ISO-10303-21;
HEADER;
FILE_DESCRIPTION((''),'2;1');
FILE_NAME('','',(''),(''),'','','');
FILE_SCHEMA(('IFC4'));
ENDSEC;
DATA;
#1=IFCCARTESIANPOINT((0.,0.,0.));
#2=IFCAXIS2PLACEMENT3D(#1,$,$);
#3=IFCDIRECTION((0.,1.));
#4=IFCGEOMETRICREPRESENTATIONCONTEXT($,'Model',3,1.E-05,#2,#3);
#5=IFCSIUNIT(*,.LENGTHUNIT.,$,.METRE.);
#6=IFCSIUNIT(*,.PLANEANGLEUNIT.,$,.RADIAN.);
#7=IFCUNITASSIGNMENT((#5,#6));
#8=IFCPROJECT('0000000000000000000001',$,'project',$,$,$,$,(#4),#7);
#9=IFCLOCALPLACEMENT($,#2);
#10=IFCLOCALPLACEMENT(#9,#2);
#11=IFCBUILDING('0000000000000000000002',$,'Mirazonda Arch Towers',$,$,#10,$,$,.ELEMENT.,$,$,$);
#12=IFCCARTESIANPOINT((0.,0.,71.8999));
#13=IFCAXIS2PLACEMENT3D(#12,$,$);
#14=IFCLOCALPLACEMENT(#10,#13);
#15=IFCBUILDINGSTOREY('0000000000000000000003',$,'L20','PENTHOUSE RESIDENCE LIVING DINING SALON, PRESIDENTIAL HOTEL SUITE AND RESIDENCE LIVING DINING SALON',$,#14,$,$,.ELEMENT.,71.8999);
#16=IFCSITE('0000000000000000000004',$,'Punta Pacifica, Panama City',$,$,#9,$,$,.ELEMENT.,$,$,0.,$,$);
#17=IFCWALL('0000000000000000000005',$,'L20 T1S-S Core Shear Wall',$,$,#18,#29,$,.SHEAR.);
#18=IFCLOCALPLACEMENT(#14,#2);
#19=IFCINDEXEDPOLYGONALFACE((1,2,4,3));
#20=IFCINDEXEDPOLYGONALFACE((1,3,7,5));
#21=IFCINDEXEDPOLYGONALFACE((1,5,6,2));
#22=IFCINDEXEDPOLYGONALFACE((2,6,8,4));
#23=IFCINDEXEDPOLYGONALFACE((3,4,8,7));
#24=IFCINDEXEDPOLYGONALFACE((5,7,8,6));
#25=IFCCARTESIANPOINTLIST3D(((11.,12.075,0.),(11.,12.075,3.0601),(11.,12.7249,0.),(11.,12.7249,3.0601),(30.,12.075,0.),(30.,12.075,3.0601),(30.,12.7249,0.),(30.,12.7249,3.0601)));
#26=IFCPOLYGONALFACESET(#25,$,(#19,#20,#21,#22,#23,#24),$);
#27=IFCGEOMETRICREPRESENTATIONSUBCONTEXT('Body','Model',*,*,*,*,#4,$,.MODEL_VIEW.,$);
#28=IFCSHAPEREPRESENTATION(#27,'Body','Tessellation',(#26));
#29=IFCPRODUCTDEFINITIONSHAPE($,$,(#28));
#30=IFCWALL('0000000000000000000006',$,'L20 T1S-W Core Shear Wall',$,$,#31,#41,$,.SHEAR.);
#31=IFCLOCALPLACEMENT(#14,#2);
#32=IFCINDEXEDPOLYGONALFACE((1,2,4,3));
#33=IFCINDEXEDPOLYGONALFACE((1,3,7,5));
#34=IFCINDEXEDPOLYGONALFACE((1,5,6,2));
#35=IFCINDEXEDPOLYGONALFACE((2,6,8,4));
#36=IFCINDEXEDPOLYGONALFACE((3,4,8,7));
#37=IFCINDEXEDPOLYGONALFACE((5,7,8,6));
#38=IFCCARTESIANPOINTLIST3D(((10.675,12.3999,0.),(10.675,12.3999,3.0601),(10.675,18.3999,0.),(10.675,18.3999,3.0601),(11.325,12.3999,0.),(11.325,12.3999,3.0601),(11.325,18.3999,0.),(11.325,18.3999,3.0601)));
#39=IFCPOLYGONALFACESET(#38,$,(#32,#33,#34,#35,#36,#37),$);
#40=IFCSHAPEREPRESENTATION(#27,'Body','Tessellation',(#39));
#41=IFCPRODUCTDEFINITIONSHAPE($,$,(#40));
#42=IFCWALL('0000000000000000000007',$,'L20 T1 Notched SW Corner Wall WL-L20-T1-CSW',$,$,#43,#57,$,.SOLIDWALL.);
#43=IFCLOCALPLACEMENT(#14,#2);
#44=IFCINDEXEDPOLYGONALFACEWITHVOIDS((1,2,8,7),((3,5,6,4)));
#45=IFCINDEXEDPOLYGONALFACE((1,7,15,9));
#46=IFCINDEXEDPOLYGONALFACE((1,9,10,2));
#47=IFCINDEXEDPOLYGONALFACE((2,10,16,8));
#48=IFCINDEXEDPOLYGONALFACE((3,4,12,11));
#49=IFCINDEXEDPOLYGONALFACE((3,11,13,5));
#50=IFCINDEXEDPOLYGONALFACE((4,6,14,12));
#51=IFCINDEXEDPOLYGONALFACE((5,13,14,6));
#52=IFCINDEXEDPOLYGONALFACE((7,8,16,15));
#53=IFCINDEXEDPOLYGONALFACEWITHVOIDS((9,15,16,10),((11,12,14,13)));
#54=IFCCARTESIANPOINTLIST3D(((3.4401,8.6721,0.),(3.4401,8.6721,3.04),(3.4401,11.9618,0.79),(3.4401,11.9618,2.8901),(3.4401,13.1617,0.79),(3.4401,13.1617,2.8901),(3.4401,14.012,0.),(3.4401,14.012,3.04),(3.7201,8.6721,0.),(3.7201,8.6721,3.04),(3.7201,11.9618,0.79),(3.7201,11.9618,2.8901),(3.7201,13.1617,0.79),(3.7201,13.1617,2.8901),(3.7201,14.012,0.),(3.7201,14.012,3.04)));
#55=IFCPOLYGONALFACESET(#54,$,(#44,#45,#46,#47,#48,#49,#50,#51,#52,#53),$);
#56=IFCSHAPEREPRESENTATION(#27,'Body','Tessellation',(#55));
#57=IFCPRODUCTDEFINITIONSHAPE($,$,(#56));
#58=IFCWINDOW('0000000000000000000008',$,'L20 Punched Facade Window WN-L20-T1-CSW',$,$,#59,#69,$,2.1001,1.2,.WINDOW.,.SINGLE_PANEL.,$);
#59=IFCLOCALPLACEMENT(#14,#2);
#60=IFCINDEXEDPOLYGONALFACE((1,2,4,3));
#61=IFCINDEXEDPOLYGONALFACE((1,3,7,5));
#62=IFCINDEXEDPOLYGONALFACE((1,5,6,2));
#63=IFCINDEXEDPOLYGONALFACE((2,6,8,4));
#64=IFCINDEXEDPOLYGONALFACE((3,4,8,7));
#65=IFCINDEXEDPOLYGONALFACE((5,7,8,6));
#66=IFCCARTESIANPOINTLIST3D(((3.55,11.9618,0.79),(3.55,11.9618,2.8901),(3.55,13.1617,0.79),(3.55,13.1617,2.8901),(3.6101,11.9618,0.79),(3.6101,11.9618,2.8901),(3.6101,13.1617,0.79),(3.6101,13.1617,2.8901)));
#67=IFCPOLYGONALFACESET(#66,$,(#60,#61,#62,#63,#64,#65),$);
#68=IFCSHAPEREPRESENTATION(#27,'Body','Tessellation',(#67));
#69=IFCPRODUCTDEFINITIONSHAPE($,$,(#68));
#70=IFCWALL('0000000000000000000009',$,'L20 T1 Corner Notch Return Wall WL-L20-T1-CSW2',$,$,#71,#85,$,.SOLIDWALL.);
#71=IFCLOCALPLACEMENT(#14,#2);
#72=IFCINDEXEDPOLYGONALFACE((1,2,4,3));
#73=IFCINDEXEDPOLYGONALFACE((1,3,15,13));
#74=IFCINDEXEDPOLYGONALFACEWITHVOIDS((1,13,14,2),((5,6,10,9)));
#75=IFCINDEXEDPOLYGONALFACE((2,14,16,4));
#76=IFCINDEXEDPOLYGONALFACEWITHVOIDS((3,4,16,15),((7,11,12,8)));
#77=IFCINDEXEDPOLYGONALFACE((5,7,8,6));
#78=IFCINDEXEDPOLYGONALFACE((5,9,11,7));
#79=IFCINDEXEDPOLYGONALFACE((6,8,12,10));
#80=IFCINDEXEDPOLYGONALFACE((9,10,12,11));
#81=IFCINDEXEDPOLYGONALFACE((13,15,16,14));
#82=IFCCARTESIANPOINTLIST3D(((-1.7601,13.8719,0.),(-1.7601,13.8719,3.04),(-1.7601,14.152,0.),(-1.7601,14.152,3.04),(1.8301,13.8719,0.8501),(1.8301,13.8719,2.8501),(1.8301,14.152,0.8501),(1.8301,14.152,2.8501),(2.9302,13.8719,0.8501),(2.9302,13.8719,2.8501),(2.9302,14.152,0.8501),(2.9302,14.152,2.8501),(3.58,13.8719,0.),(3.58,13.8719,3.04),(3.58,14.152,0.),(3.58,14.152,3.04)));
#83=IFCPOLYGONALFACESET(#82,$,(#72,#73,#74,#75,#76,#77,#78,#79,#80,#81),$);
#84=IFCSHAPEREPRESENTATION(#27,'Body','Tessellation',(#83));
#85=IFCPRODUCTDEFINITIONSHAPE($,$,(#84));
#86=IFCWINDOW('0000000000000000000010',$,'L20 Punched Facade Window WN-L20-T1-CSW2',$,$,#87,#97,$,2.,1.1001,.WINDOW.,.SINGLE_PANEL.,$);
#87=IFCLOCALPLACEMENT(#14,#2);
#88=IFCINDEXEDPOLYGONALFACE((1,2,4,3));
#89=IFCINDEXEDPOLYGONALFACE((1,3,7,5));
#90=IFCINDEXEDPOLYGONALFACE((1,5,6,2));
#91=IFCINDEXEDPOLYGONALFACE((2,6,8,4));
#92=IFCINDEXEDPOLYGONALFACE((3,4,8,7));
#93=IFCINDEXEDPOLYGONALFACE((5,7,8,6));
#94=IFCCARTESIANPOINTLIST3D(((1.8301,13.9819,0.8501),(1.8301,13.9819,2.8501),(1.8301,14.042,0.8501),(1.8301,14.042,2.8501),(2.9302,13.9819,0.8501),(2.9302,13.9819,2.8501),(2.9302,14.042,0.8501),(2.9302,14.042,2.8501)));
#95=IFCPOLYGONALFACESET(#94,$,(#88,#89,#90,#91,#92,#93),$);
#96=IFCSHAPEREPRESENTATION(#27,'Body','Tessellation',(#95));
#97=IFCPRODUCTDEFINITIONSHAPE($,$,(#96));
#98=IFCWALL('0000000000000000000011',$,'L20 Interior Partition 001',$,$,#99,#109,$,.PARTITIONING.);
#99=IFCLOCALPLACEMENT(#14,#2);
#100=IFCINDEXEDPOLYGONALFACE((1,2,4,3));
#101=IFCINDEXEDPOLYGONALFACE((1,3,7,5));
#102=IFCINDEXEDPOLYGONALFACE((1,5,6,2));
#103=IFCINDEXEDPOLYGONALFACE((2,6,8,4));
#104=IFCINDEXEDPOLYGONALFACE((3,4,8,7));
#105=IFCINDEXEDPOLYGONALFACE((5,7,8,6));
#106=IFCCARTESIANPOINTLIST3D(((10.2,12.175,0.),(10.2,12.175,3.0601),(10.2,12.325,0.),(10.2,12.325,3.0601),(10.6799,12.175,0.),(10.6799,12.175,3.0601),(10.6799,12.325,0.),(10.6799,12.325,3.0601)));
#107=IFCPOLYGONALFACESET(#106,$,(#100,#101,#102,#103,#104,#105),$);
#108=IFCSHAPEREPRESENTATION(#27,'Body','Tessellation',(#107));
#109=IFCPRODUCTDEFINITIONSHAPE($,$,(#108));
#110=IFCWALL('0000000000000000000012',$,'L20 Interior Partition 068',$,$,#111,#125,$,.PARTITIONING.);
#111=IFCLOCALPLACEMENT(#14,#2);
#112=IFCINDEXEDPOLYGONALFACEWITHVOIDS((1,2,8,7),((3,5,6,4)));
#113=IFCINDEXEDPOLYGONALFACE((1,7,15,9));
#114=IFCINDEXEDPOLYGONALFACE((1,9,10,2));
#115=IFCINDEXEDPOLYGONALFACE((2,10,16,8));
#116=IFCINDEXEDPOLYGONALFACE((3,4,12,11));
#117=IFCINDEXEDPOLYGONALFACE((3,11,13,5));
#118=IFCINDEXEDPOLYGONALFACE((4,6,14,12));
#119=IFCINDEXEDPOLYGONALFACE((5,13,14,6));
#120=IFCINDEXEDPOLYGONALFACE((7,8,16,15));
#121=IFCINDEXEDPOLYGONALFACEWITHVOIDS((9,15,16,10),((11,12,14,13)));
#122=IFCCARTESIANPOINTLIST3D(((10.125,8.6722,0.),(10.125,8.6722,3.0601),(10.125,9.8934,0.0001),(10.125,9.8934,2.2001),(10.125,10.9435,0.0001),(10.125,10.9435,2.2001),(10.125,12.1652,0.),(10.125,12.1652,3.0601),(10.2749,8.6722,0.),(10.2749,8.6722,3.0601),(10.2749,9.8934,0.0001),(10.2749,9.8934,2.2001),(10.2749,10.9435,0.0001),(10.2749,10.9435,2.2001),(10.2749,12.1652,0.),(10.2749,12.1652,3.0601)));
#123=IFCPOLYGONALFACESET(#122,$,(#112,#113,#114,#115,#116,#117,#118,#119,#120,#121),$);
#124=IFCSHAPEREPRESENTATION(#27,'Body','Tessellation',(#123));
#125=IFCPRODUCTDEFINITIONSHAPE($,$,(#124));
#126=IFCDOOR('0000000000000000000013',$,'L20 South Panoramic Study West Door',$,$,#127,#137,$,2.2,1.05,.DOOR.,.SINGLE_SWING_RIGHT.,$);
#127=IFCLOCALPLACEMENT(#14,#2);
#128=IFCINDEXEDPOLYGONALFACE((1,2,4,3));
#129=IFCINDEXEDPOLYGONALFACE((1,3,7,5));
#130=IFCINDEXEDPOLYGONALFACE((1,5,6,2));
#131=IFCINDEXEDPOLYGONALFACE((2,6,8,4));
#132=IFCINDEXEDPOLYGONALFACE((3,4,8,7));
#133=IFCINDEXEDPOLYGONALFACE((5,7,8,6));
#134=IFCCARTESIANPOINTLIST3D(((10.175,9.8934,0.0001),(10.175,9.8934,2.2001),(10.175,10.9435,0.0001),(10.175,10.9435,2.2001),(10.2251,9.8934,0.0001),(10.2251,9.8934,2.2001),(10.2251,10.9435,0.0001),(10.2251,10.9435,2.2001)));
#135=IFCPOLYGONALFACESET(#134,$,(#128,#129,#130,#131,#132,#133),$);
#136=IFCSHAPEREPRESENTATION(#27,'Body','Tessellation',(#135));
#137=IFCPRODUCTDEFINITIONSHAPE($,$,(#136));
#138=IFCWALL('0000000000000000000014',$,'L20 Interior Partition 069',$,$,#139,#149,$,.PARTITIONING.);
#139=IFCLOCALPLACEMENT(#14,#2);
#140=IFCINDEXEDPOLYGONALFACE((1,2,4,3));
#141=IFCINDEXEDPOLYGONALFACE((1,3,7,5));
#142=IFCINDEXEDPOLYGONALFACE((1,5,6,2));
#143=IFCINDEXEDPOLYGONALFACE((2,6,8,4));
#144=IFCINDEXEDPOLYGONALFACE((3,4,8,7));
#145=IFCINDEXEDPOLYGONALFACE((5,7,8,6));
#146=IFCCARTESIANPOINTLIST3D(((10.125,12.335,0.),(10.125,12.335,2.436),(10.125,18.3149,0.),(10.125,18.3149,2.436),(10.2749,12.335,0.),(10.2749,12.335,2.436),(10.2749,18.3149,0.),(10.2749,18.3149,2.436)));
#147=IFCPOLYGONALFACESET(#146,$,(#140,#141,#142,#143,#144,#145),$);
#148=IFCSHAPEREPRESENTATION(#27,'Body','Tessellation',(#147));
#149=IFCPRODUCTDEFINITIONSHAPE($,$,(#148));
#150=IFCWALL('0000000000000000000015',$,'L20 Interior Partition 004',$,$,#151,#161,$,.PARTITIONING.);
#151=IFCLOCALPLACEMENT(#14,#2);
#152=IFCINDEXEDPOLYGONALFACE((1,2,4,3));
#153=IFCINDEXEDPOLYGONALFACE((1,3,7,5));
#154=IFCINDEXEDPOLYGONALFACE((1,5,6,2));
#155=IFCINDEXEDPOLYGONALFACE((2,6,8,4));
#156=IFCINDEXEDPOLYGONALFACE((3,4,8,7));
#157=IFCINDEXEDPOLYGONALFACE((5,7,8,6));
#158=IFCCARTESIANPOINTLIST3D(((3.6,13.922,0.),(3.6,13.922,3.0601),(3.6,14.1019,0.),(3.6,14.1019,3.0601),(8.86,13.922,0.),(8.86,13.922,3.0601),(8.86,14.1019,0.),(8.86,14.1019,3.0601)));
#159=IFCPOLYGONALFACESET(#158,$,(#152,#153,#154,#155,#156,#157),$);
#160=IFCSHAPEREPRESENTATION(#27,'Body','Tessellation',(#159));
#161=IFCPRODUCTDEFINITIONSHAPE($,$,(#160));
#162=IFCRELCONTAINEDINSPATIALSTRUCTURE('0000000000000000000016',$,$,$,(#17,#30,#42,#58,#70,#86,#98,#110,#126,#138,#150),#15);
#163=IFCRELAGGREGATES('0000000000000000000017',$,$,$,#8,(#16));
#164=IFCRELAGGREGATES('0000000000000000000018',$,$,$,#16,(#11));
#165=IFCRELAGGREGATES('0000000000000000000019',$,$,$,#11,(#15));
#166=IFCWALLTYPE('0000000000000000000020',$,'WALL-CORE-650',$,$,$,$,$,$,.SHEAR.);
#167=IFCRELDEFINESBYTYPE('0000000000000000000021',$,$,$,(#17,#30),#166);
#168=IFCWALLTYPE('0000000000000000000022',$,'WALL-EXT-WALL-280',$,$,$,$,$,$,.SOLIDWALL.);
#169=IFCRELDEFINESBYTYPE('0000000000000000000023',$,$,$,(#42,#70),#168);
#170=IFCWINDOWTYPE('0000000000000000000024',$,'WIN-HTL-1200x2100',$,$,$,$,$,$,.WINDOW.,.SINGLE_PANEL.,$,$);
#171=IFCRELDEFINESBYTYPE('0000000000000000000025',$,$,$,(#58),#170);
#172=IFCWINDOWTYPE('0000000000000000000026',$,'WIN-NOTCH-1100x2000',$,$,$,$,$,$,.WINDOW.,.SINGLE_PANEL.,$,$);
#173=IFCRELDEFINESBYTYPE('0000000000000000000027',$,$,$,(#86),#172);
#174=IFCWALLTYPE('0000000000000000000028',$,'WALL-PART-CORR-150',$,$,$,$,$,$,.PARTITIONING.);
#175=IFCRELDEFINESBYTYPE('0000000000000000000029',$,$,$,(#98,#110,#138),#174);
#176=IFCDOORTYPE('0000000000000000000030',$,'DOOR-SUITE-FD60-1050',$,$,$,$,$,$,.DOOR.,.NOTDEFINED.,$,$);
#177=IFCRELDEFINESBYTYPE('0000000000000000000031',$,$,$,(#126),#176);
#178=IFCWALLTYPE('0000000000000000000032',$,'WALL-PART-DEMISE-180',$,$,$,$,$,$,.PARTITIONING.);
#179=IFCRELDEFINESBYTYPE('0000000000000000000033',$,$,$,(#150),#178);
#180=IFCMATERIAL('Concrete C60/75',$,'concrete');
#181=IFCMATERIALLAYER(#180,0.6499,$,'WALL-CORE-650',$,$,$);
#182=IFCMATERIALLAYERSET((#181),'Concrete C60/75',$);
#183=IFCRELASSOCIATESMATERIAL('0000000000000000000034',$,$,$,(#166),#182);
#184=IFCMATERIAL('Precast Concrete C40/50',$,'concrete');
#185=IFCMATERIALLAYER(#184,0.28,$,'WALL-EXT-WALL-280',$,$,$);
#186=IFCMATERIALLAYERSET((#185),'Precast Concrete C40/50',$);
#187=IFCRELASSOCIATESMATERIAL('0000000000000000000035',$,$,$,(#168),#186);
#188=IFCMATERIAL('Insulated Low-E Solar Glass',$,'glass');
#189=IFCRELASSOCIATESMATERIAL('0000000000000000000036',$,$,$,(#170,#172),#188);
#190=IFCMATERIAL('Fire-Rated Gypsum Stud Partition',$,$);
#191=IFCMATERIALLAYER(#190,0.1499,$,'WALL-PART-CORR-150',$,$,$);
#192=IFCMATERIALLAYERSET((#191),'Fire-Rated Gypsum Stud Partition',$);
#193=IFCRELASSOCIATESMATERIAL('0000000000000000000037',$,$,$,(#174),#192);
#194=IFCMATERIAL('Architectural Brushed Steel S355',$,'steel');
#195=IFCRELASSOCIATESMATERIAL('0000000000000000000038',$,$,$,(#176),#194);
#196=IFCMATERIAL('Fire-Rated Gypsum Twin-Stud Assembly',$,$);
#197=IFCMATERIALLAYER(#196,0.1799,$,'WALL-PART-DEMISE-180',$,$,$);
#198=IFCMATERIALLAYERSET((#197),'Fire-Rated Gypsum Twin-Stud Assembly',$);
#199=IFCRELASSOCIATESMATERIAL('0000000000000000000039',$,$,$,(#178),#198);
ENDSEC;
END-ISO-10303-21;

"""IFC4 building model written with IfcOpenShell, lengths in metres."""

from ifc_helpers import new_model, si_unit, direction, frame, frame_2d, origin, place, context, subcontext, project, spatial, rectangle, extrude, material, layer, layer_set, type_object, element, fill, save


model = new_model("IFC4")

# Units and contexts
model_context = context("Model", 3, precision=1e-05, world=origin(), true_north=direction((0.0, 1.0)))
body_context = subcontext(model_context, "Body", "Model", "MODEL_VIEW")
ifc_project = project(units=[si_unit("LENGTHUNIT", "METRE"), si_unit("PLANEANGLEUNIT", "RADIAN")], contexts=[model_context])

# Site, building, storey
site_placement = place(None, origin())
site = spatial("IfcSite", under=ifc_project, at=site_placement, Name="Punta Pacifica, Panama City", CompositionType="ELEMENT", RefElevation=0.0)
building_placement = place(site_placement, origin())
building = spatial("IfcBuilding", under=site, at=building_placement, Name="Mirazonda Arch Towers", CompositionType="ELEMENT")
storey_placement = place(building_placement, frame((0.0, 0.0, 71.8999)))
storey = spatial("IfcBuildingStorey", under=building, at=storey_placement, Name="L20", Description="PENTHOUSE RESIDENCE LIVING DINING SALON, PRESIDENTIAL HOTEL SUITE AND RESIDENCE LIVING DINING SALON", CompositionType="ELEMENT", Elevation=71.8999)

# Shared definitions
ifc_material_1 = material(Name="Concrete C60/75", Category="concrete")

# Shared definitions
ifc_material_2 = material(Name="Insulated Low-E Solar Glass", Category="glass")

# Walls
ifc_layer_1 = layer(ifc_material_1, 0.6499, Name="WALL-CORE-650")
ifc_layer_set_1 = layer_set([ifc_layer_1], Name="Concrete C60/75")
wall_type_1 = type_object("IfcWallType", Name="WALL-CORE-650", PredefinedType="SHEAR", material=ifc_layer_set_1)
wall_1_placement = place(storey_placement, frame((11.0, 12.3999, 0.0), z_axis=(0.0, 0.0, 1.0), x_axis=(1.0, 0.0, 0.0)))
element("IfcWall", 1, at=wall_1_placement, inside=storey, type_object=wall_type_1, Name="L20 T1S-S Core Shear Wall", PredefinedType="SHEAR", context=body_context, shape_type="SweptSolid", body=[
    extrude(rectangle(XDim=19.0, YDim=0.6499, at=frame_2d((9.5, 0.0))), origin(), (0.0, 0.0, 1.0), 3.0601),
])
wall_2_placement = place(storey_placement, frame((11.0, 12.3999, 0.0), z_axis=(0.0, 0.0, 1.0), x_axis=(0.0, 1.0, 0.0)))
element("IfcWall", 2, at=wall_2_placement, inside=storey, type_object=wall_type_1, Name="L20 T1S-W Core Shear Wall", PredefinedType="SHEAR", context=body_context, shape_type="SweptSolid", body=[
    extrude(rectangle(XDim=6.0, YDim=0.6499, at=frame_2d((3.0, 0.0))), origin(), (0.0, 0.0, 1.0), 3.0601),
])

# Walls, openings, windows
ifc_material_3 = material(Name="Precast Concrete C40/50", Category="concrete")
ifc_layer_2 = layer(ifc_material_3, 0.28, Name="WALL-EXT-WALL-280")
ifc_layer_set_2 = layer_set([ifc_layer_2], Name="Precast Concrete C40/50")
wall_type_2 = type_object("IfcWallType", Name="WALL-EXT-WALL-280", PredefinedType="SOLIDWALL", material=ifc_layer_set_2)
wall_3_placement = place(storey_placement, frame((3.5801, 14.012, 0.0), z_axis=(0.0, 0.0, 1.0), x_axis=(0.0, -1.0, 0.0)))
wall_3 = element("IfcWall", 3, at=wall_3_placement, inside=storey, type_object=wall_type_2, Name="L20 T1 Notched SW Corner Wall WL-L20-T1-CSW", PredefinedType="SOLIDWALL", context=body_context, shape_type="SweptSolid", body=[
    extrude(rectangle(XDim=5.3398, YDim=0.28, at=frame_2d((2.6699, 0.0))), origin(), (0.0, 0.0, 1.0), 3.04),
])
opening_1_placement = place(wall_3_placement, frame((0.8501, 0.0, 0.79)))
opening_1 = element("IfcOpeningElement", 4, at=opening_1_placement, cuts=wall_3, PredefinedType="OPENING", context=body_context, shape_type="SweptSolid", body=[
    extrude(rectangle(XDim=1.2, YDim=2.1001, at=frame_2d((0.6001, 1.05))), frame((0.0, 0.1499, 0.0), z_axis=(0.0, -1.0, 0.0), x_axis=(1.0, 0.0, 0.0)), (0.0, 0.0, 1.0), 0.3),
])
window_type_1 = type_object("IfcWindowType", Name="WIN-HTL-1200x2100", PartitioningType="SINGLE_PANEL", PredefinedType="WINDOW", material=ifc_material_2)
window_1_placement = place(opening_1_placement, origin())
window_1 = element("IfcWindow", 5, at=window_1_placement, inside=storey, type_object=window_type_1, Name="L20 Punched Facade Window WN-L20-T1-CSW", OverallHeight=2.1001, OverallWidth=1.2, PartitioningType="SINGLE_PANEL", PredefinedType="WINDOW", context=body_context, shape_type="SweptSolid", body=[
    extrude(rectangle(XDim=1.2, YDim=2.1001, at=frame_2d((0.6001, 1.05))), frame((0.0, 0.03, 0.0), z_axis=(0.0, -1.0, 0.0), x_axis=(1.0, 0.0, 0.0)), (0.0, 0.0, 1.0), 0.0601),
])
fill(opening_1, window_1)
wall_4_placement = place(storey_placement, frame((-1.76, 14.012, 0.0), z_axis=(0.0, 0.0, 1.0), x_axis=(1.0, 0.0, 0.0)))
wall_4 = element("IfcWall", 6, at=wall_4_placement, inside=storey, type_object=wall_type_2, Name="L20 T1 Corner Notch Return Wall WL-L20-T1-CSW2", PredefinedType="SOLIDWALL", context=body_context, shape_type="SweptSolid", body=[
    extrude(rectangle(XDim=5.3401, YDim=0.28, at=frame_2d((2.6699, 0.0))), origin(), (0.0, 0.0, 1.0), 3.04),
])
opening_2_placement = place(wall_4_placement, frame((3.5901, 0.0, 0.8501)))
opening_2 = element("IfcOpeningElement", 7, at=opening_2_placement, cuts=wall_4, PredefinedType="OPENING", context=body_context, shape_type="SweptSolid", body=[
    extrude(rectangle(XDim=1.1001, YDim=2.0, at=frame_2d((0.55, 1.0))), frame((0.0, 0.1499, 0.0), z_axis=(0.0, -1.0, 0.0), x_axis=(1.0, 0.0, 0.0)), (0.0, 0.0, 1.0), 0.3),
])
window_type_2 = type_object("IfcWindowType", Name="WIN-NOTCH-1100x2000", PartitioningType="SINGLE_PANEL", PredefinedType="WINDOW", material=ifc_material_2)
window_2_placement = place(opening_2_placement, origin())
window_2 = element("IfcWindow", 8, at=window_2_placement, inside=storey, type_object=window_type_2, Name="L20 Punched Facade Window WN-L20-T1-CSW2", OverallHeight=2.0, OverallWidth=1.1001, PartitioningType="SINGLE_PANEL", PredefinedType="WINDOW", context=body_context, shape_type="SweptSolid", body=[
    extrude(rectangle(XDim=1.1001, YDim=2.0, at=frame_2d((0.55, 1.0))), frame((0.0, 0.03, 0.0), z_axis=(0.0, -1.0, 0.0), x_axis=(1.0, 0.0, 0.0)), (0.0, 0.0, 1.0), 0.0601),
])
fill(opening_2, window_2)

# Wall
ifc_material_4 = material(Name="Fire-Rated Gypsum Stud Partition")
ifc_layer_3 = layer(ifc_material_4, 0.1499, Name="WALL-PART-CORR-150")
ifc_layer_set_3 = layer_set([ifc_layer_3], Name="Fire-Rated Gypsum Stud Partition")
wall_type_3 = type_object("IfcWallType", Name="WALL-PART-CORR-150", PredefinedType="PARTITIONING", material=ifc_layer_set_3)
wall_5_placement = place(storey_placement, frame((10.2, 12.25, 0.0), z_axis=(0.0, 0.0, 1.0), x_axis=(1.0, 0.0, 0.0)))
element("IfcWall", 9, at=wall_5_placement, inside=storey, type_object=wall_type_3, Name="L20 Interior Partition 001", PredefinedType="PARTITIONING", context=body_context, shape_type="SweptSolid", body=[
    extrude(rectangle(XDim=0.48, YDim=0.1499, at=frame_2d((0.24, 0.0))), origin(), (0.0, 0.0, 1.0), 3.0601),
])

# Wall, opening, door
wall_6_placement = place(storey_placement, frame((10.2, 8.6721, 0.0), z_axis=(0.0, 0.0, 1.0), x_axis=(0.0, 1.0, 0.0)))
wall_6 = element("IfcWall", 10, at=wall_6_placement, inside=storey, type_object=wall_type_3, Name="L20 Interior Partition 068", PredefinedType="PARTITIONING", context=body_context, shape_type="SweptSolid", body=[
    extrude(rectangle(XDim=3.4929, YDim=0.1499, at=frame_2d((1.7466, 0.0))), origin(), (0.0, 0.0, 1.0), 3.0601),
])
opening_3_placement = place(wall_6_placement, frame((1.2214, 0.0, 0.0)))
opening_3 = element("IfcOpeningElement", 11, at=opening_3_placement, cuts=wall_6, PredefinedType="OPENING", context=body_context, shape_type="SweptSolid", body=[
    extrude(rectangle(XDim=1.05, YDim=2.2, at=frame_2d((0.5249, 1.1001))), frame((0.0, 0.085, 0.0), z_axis=(0.0, -1.0, 0.0), x_axis=(1.0, 0.0, 0.0)), (0.0, 0.0, 1.0), 0.1699),
])
ifc_material_5 = material(Name="Architectural Brushed Steel S355", Category="steel")
door_type_1 = type_object("IfcDoorType", Name="DOOR-SUITE-FD60-1050", OperationType="NOTDEFINED", PredefinedType="DOOR", material=ifc_material_5)
door_1_placement = place(opening_3_placement, origin())
door_1 = element("IfcDoor", 12, at=door_1_placement, inside=storey, type_object=door_type_1, Name="L20 South Panoramic Study West Door", OperationType="SINGLE_SWING_RIGHT", OverallHeight=2.2, OverallWidth=1.05, PredefinedType="DOOR", context=body_context, shape_type="SweptSolid", body=[
    extrude(rectangle(XDim=1.05, YDim=2.2, at=frame_2d((0.5249, 1.1001))), frame((0.0, 0.0249, 0.0), z_axis=(0.0, -1.0, 0.0), x_axis=(1.0, 0.0, 0.0)), (0.0, 0.0, 1.0), 0.05),
])
fill(opening_3, door_1)

# Walls
wall_7_placement = place(storey_placement, frame((10.2, 12.335, 0.0), z_axis=(0.0, 0.0, 1.0), x_axis=(0.0, 1.0, 0.0)))
element("IfcWall", 13, at=wall_7_placement, inside=storey, type_object=wall_type_3, Name="L20 Interior Partition 069", PredefinedType="PARTITIONING", context=body_context, shape_type="SweptSolid", body=[
    extrude(rectangle(XDim=5.98, YDim=0.1499, at=frame_2d((2.99, 0.0))), origin(), (0.0, 0.0, 1.0), 2.436),
])
ifc_material_6 = material(Name="Fire-Rated Gypsum Twin-Stud Assembly")
ifc_layer_4 = layer(ifc_material_6, 0.1799, Name="WALL-PART-DEMISE-180")
ifc_layer_set_4 = layer_set([ifc_layer_4], Name="Fire-Rated Gypsum Twin-Stud Assembly")
wall_type_4 = type_object("IfcWallType", Name="WALL-PART-DEMISE-180", PredefinedType="PARTITIONING", material=ifc_layer_set_4)
wall_8_placement = place(storey_placement, frame((3.6001, 14.012, 0.0), z_axis=(0.0, 0.0, 1.0), x_axis=(1.0, 0.0, 0.0)))
element("IfcWall", 14, at=wall_8_placement, inside=storey, type_object=wall_type_4, Name="L20 Interior Partition 004", PredefinedType="PARTITIONING", context=body_context, shape_type="SweptSolid", body=[
    extrude(rectangle(XDim=5.26, YDim=0.1799, at=frame_2d((2.6299, 0.0))), origin(), (0.0, 0.0, 1.0), 3.0601),
])

save(model, "model.ifc")
